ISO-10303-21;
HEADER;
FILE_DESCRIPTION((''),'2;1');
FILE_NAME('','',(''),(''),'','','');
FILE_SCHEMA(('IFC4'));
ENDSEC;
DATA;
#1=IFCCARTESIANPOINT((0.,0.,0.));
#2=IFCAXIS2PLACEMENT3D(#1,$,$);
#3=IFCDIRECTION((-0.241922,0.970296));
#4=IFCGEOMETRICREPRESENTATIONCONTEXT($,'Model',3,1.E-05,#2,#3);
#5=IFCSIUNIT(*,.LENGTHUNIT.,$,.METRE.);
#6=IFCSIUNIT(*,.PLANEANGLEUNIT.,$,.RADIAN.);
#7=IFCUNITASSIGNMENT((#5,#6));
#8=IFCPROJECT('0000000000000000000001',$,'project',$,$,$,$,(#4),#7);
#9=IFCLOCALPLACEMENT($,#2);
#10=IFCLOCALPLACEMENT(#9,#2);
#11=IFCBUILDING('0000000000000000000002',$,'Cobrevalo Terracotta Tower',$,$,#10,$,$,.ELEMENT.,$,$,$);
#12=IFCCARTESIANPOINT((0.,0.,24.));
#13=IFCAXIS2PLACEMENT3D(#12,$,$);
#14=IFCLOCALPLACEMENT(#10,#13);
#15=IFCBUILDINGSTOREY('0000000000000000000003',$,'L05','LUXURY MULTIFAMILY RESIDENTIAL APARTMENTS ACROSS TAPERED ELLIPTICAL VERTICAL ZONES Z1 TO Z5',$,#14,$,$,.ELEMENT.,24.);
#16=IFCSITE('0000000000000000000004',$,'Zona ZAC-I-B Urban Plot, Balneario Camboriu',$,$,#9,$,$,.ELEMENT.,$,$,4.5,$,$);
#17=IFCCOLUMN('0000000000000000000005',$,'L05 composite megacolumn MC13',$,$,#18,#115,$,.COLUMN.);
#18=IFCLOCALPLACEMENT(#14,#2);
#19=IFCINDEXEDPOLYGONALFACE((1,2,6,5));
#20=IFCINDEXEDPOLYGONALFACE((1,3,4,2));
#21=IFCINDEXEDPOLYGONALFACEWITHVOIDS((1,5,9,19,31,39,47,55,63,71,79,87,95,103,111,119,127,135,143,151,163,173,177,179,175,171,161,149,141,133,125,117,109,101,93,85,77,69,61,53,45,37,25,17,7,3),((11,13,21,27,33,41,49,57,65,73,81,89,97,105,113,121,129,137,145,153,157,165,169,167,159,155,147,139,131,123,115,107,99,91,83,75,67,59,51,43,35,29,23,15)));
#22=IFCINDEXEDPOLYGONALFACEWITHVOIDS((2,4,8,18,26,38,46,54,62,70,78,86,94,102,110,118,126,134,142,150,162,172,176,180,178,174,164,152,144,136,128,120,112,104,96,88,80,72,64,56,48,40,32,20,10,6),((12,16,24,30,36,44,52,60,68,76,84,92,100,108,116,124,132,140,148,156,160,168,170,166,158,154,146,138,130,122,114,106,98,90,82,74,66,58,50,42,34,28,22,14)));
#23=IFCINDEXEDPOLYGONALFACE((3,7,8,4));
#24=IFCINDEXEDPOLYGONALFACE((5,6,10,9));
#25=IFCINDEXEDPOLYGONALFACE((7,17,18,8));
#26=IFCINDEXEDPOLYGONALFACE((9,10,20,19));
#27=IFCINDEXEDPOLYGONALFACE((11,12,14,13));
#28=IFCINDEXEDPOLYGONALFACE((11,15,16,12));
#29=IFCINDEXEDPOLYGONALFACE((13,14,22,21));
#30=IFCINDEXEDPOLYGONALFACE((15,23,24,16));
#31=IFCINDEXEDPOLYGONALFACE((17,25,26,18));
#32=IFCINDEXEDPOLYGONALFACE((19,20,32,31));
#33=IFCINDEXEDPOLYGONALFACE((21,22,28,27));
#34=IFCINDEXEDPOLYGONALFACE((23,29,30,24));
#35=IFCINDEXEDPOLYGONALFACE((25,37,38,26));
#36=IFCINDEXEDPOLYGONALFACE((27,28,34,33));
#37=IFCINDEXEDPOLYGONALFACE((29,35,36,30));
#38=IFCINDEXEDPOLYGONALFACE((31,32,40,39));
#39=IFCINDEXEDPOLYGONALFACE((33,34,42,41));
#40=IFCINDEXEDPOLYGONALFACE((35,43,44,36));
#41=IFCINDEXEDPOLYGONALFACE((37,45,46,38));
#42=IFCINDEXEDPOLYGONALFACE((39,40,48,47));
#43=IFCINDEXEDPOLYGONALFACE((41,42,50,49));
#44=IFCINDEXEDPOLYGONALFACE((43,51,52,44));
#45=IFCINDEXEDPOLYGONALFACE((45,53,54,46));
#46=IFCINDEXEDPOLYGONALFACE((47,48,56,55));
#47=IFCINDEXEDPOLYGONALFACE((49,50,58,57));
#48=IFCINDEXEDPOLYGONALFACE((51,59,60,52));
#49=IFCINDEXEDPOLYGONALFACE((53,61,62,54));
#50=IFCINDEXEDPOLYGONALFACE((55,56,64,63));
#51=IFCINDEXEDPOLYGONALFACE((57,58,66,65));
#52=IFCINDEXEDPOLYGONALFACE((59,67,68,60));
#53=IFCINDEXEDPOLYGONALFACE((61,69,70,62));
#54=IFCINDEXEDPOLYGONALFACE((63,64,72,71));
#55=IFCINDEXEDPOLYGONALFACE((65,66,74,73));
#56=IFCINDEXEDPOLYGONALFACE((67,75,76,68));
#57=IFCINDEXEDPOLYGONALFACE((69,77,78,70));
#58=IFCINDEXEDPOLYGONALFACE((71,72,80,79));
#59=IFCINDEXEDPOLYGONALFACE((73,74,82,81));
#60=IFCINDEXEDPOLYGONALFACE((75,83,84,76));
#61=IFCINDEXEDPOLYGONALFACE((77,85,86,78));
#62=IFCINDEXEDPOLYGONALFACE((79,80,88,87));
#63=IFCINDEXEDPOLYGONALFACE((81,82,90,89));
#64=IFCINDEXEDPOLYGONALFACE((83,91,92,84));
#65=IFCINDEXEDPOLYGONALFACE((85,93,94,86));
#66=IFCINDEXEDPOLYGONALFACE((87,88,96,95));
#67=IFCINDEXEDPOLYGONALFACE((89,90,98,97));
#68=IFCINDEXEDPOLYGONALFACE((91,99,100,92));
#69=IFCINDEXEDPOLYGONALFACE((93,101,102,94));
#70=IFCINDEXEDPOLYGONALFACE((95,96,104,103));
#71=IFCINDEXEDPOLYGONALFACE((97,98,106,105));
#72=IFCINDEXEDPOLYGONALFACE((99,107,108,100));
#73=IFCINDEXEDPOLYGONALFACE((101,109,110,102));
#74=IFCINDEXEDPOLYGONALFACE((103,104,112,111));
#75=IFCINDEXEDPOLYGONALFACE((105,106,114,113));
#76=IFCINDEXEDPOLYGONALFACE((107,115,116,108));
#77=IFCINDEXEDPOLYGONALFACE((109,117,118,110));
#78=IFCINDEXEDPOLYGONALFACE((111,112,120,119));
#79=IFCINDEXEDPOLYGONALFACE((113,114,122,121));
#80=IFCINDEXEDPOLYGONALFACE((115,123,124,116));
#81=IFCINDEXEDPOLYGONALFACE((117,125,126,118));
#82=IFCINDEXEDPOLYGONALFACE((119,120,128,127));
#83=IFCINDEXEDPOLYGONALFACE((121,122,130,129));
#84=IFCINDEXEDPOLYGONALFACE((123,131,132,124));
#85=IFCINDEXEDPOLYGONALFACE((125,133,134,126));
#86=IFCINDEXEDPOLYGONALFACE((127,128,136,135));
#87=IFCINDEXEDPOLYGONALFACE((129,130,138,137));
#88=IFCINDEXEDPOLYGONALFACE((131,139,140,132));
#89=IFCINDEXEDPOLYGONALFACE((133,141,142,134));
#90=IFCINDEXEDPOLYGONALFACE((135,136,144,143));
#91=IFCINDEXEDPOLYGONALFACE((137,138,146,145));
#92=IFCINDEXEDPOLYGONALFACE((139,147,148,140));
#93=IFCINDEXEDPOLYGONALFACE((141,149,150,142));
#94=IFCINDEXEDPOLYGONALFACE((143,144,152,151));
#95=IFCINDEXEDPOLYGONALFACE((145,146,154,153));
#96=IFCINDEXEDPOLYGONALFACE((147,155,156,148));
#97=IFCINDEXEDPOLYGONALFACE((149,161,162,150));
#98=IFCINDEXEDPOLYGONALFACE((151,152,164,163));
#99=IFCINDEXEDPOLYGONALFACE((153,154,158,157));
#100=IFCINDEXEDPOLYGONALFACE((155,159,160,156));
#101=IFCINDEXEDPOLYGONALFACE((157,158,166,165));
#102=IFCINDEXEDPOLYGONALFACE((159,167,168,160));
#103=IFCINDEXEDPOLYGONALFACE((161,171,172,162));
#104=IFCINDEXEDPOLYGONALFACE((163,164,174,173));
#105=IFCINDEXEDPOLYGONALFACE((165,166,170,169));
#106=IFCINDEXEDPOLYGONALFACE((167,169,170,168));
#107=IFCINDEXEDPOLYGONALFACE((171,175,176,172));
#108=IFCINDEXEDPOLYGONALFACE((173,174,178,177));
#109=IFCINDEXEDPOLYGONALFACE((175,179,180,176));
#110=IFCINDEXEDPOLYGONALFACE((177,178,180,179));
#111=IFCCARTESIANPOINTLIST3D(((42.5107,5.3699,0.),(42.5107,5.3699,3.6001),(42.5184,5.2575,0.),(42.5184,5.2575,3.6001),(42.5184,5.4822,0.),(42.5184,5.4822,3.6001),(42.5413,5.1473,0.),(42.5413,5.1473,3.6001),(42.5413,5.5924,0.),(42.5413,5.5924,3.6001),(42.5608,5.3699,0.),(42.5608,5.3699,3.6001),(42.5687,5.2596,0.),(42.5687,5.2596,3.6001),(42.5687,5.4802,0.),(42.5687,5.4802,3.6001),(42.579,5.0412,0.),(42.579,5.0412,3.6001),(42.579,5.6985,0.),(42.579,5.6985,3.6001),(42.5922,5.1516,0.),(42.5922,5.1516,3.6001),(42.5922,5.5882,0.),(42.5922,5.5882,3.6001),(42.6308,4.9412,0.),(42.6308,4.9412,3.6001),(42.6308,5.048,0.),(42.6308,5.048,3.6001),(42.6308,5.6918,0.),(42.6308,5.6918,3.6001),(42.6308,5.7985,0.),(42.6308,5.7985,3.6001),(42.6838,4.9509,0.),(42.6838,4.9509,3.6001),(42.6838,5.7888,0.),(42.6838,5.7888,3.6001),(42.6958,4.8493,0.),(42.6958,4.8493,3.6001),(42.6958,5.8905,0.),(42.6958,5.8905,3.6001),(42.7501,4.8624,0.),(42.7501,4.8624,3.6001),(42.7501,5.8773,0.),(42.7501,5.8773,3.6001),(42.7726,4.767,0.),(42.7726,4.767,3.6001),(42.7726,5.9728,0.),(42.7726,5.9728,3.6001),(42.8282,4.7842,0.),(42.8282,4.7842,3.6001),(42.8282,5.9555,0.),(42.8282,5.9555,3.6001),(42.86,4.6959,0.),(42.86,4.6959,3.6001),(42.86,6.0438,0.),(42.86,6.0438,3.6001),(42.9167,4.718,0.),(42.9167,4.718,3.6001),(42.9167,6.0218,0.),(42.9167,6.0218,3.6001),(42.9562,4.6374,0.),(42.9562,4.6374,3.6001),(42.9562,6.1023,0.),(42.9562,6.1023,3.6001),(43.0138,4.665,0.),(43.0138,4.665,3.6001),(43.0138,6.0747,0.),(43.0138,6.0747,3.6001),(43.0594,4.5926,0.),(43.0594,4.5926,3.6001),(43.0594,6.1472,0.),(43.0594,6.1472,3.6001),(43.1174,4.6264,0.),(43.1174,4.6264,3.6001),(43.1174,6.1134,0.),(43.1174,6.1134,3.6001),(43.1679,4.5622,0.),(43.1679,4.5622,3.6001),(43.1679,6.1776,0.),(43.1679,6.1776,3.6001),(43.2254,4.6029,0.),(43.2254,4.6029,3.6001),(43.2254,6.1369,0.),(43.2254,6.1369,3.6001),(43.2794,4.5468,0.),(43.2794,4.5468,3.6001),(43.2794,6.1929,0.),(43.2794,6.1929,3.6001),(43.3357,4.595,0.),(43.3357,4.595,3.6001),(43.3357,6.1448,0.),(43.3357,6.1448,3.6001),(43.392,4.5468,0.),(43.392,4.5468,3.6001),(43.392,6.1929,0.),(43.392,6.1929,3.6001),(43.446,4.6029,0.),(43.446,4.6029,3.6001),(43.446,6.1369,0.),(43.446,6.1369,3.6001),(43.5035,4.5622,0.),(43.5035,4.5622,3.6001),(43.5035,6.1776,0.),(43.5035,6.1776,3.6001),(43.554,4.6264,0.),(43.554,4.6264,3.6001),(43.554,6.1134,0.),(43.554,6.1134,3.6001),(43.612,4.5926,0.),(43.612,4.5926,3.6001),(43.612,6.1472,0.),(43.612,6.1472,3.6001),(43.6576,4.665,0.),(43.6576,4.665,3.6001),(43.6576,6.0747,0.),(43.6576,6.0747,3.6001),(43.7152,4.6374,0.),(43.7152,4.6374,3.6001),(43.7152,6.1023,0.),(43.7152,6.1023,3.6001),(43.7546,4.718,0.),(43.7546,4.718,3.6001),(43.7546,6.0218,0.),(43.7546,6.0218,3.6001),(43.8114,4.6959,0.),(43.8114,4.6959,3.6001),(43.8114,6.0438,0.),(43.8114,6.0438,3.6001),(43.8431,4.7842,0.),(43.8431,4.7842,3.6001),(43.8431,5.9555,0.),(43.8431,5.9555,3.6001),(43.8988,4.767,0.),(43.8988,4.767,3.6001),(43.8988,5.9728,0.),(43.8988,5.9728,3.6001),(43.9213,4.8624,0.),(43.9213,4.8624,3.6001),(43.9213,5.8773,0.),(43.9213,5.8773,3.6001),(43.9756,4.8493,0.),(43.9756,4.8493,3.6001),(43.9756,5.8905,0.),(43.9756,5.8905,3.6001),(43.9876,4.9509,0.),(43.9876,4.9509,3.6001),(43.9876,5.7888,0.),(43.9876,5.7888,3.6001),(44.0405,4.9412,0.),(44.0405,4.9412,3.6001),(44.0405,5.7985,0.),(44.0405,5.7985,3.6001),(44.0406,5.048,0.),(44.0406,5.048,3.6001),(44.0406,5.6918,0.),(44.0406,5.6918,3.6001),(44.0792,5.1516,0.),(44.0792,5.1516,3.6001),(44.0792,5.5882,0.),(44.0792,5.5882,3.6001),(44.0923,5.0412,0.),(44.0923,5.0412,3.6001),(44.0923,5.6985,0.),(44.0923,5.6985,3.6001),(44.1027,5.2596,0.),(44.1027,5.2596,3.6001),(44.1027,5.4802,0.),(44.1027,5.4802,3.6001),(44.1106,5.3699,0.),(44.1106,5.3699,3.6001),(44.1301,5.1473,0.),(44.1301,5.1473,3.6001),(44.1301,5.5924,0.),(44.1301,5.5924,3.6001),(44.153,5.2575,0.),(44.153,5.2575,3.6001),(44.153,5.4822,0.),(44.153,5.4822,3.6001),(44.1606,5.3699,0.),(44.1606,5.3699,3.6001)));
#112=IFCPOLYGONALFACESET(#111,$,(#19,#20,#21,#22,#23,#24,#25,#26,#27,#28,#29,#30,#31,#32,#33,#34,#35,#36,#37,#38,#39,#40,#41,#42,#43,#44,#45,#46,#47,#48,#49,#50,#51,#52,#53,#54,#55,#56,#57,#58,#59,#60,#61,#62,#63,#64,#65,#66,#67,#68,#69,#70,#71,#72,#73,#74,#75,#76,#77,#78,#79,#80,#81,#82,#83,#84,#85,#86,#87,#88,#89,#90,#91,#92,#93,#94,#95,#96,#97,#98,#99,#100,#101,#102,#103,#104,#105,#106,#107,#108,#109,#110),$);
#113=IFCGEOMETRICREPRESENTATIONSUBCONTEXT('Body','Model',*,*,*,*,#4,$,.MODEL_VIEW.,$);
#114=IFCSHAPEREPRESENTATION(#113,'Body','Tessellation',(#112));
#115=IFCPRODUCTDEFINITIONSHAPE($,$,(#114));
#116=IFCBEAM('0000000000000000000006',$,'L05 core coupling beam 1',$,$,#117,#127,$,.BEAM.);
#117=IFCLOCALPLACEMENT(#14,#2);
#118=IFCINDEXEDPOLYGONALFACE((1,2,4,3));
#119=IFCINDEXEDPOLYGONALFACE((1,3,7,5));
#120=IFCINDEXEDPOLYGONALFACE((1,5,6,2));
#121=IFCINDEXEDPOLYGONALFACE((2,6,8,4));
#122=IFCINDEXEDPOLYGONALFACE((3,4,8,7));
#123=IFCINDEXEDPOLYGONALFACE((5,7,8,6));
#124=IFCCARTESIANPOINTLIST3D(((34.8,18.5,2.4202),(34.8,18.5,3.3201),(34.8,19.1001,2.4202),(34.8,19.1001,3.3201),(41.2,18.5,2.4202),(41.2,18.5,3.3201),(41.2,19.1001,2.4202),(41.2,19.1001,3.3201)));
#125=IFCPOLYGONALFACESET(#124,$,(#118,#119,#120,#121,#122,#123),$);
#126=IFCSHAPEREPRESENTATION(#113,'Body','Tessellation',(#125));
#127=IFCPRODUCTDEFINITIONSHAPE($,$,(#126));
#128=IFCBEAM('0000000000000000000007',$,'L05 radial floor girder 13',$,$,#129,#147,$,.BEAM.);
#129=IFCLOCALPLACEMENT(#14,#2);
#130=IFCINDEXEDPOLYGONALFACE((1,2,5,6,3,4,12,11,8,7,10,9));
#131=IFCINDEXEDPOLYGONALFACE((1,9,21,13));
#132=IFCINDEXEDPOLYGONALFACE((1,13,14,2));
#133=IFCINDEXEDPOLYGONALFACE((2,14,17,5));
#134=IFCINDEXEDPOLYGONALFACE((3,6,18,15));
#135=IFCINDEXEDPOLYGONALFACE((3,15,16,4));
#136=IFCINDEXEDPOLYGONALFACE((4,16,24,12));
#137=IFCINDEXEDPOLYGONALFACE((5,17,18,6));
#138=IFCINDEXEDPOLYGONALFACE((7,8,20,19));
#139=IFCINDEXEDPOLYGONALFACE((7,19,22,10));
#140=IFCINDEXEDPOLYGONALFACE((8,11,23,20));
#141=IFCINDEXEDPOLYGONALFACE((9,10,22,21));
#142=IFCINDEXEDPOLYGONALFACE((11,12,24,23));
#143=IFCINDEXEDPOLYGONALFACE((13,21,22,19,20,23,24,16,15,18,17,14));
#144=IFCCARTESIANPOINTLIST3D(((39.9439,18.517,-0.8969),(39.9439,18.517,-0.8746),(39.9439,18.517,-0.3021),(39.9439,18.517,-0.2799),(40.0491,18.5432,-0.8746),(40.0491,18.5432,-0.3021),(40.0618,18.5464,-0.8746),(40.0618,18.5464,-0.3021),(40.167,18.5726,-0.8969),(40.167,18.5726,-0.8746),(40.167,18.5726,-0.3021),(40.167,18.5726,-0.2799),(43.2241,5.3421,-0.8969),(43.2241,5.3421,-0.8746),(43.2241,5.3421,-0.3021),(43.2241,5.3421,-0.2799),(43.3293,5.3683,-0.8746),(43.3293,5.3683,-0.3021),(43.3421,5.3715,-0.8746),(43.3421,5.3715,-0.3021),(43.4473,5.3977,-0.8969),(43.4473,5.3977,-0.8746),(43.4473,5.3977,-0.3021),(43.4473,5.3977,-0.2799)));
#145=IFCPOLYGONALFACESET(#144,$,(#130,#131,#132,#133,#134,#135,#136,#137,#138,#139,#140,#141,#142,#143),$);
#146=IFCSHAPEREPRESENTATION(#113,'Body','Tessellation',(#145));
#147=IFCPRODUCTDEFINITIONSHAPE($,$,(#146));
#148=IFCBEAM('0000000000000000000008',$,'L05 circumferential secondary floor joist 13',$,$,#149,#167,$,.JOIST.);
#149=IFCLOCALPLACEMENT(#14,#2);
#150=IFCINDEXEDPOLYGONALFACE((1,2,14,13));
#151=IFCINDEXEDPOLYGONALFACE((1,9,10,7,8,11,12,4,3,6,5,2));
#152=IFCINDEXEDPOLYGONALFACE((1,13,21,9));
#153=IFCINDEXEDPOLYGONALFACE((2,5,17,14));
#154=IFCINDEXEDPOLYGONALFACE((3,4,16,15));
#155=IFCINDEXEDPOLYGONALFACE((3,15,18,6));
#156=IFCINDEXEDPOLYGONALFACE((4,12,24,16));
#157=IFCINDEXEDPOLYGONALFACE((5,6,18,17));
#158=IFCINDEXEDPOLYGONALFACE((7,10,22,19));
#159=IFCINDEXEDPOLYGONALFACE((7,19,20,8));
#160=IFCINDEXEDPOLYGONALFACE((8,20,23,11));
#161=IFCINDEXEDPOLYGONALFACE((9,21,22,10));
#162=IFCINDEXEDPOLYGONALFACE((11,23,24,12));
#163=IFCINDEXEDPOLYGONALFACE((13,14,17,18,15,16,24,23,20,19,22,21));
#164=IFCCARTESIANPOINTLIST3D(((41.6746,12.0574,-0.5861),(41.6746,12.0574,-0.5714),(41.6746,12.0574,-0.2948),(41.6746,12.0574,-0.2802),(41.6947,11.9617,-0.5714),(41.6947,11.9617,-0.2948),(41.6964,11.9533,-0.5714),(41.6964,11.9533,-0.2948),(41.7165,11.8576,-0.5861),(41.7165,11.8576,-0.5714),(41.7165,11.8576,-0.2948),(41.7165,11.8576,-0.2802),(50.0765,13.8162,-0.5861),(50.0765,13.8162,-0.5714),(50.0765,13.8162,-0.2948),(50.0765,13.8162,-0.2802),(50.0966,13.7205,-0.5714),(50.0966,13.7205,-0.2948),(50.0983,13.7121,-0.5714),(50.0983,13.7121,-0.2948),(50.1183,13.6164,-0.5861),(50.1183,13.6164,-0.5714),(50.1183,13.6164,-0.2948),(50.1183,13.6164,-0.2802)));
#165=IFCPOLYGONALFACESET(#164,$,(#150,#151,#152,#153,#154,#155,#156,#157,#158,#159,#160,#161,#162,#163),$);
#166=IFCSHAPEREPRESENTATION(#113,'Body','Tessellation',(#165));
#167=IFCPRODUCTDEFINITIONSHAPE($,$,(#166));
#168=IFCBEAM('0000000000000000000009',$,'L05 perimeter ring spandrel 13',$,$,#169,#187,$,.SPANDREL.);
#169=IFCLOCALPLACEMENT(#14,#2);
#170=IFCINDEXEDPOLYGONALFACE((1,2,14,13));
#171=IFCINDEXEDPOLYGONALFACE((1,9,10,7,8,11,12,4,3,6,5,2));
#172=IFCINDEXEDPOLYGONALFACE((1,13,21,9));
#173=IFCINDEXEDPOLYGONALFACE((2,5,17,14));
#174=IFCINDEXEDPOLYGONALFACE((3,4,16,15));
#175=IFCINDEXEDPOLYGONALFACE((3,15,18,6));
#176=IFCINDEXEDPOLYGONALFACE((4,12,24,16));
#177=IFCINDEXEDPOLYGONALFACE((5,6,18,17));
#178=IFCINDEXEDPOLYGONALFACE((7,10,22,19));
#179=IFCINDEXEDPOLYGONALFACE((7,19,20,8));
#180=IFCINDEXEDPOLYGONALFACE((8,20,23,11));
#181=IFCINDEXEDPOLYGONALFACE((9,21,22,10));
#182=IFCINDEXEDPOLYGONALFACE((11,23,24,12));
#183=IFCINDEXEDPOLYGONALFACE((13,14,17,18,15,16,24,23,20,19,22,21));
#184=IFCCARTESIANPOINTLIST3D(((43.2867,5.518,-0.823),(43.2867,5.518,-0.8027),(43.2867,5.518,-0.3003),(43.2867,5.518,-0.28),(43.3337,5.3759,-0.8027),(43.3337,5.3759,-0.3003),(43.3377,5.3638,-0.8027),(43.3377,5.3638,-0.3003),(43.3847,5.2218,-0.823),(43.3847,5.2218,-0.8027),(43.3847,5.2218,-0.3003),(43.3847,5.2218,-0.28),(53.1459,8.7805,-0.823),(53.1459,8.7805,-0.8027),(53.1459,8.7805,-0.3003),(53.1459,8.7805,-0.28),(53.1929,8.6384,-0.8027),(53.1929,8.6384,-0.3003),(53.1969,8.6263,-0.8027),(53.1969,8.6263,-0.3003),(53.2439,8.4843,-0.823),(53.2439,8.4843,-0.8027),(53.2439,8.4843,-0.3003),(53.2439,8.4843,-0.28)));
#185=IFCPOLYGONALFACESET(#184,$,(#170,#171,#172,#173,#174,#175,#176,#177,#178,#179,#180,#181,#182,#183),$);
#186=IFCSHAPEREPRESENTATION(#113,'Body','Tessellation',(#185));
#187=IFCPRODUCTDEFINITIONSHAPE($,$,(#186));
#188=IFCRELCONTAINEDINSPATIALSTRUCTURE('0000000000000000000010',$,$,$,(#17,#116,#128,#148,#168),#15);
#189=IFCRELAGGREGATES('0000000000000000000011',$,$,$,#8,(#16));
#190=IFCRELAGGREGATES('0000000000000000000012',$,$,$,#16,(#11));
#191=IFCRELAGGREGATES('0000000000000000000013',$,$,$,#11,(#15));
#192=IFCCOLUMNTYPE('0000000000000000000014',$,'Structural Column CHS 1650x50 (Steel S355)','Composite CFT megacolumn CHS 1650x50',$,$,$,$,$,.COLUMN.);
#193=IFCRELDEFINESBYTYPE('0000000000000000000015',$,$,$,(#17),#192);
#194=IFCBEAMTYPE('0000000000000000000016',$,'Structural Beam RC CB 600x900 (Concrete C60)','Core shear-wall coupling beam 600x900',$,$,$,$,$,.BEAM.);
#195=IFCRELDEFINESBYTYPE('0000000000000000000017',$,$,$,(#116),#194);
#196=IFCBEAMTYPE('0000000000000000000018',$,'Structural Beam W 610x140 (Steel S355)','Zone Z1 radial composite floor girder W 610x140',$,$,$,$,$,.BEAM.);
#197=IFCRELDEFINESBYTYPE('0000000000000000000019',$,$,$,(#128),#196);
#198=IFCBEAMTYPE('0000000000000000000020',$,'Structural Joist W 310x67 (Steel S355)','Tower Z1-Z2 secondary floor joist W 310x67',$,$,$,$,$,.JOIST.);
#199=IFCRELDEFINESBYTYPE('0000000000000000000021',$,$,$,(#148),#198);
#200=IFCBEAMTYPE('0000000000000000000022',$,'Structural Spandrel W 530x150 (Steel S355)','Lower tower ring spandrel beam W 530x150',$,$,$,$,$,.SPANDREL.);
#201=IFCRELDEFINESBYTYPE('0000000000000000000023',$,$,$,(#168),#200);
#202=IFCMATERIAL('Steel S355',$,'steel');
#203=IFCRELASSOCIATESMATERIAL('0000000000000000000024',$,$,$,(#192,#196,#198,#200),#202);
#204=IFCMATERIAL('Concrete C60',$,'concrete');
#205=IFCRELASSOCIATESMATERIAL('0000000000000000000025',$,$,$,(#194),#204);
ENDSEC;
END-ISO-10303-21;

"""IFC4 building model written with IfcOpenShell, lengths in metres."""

from ifc_helpers import new_model, si_unit, direction, frame, origin, origin_2d, place, context, subcontext, project, spatial, rectangle, hollow_circle, i_section, extrude, material, material_profile, profile_set, type_object, element, save


model = new_model("IFC4")

# Units and contexts
model_context = context("Model", 3, precision=1e-05, world=origin(), true_north=direction((-0.241922, 0.970296)))
body_context = subcontext(model_context, "Body", "Model", "MODEL_VIEW")
ifc_project = project(units=[si_unit("LENGTHUNIT", "METRE"), si_unit("PLANEANGLEUNIT", "RADIAN")], contexts=[model_context])

# Site, building, storey
site_placement = place(None, origin())
site = spatial("IfcSite", under=ifc_project, at=site_placement, Name="Zona ZAC-I-B Urban Plot, Balneario Camboriu", CompositionType="ELEMENT", RefElevation=4.5)
building_placement = place(site_placement, origin())
building = spatial("IfcBuilding", under=site, at=building_placement, Name="Cobrevalo Terracotta Tower", CompositionType="ELEMENT")
storey_placement = place(building_placement, frame((0.0, 0.0, 24.0)))
storey = spatial("IfcBuildingStorey", under=building, at=storey_placement, Name="L05", Description="LUXURY MULTIFAMILY RESIDENTIAL APARTMENTS ACROSS TAPERED ELLIPTICAL VERTICAL ZONES Z1 TO Z5", CompositionType="ELEMENT", Elevation=24.0)

# Column
ifc_material_1 = material(Name="Steel S355", Category="steel")
ifc_material_profile_1 = material_profile(ifc_material_1, hollow_circle(Radius=0.825, WallThickness=0.05, at=origin_2d()), Name="CHS 1650x50")
ifc_profile_set_1 = profile_set([ifc_material_profile_1], Name="Steel S355")
column_type = type_object("IfcColumnType", Name="Structural Column CHS 1650x50 (Steel S355)", Description="Composite CFT megacolumn CHS 1650x50", PredefinedType="COLUMN", material=ifc_profile_set_1)
column_placement = place(storey_placement, frame((43.3357, 5.3699, 0.0), z_axis=(0.0, 0.0, 1.0), x_axis=(1.0, 0.0, 0.0)))
element("IfcColumn", 1, at=column_placement, inside=storey, type_object=column_type, Name="L05 composite megacolumn MC13", PredefinedType="COLUMN", context=body_context, shape_type="SweptSolid", body=[
    extrude(hollow_circle(Radius=0.825, WallThickness=0.05, at=origin_2d()), origin(), (0.0, 0.0, 1.0), 3.6001),
])

# Beams
ifc_material_2 = material(Name="Concrete C60", Category="concrete")
ifc_material_profile_2 = material_profile(ifc_material_2, rectangle(XDim=0.6001, YDim=0.8999, at=origin_2d()), Name="RC CB 600x900")
ifc_profile_set_2 = profile_set([ifc_material_profile_2], Name="Concrete C60")
beam_type_1 = type_object("IfcBeamType", Name="Structural Beam RC CB 600x900 (Concrete C60)", Description="Core shear-wall coupling beam 600x900", PredefinedType="BEAM", material=ifc_profile_set_2)
beam_1_placement = place(storey_placement, frame((34.8, 18.8, 2.8701), z_axis=(1.0, 0.0, 0.0), x_axis=(0.0, 1.0, 0.0)))
element("IfcBeam", 2, at=beam_1_placement, inside=storey, type_object=beam_type_1, Name="L05 core coupling beam 1", PredefinedType="BEAM", context=body_context, shape_type="SweptSolid", body=[
    extrude(rectangle(XDim=0.6001, YDim=0.8999, at=origin_2d()), origin(), (0.0, 0.0, 1.0), 6.3999),
])
ifc_material_profile_3 = material_profile(ifc_material_1, i_section(OverallWidth=0.23, OverallDepth=0.6169, WebThickness=0.0132, FlangeThickness=0.0222, at=origin_2d()), Name="W 610x140")
ifc_profile_set_3 = profile_set([ifc_material_profile_3], Name="Steel S355")
beam_type_2 = type_object("IfcBeamType", Name="Structural Beam W 610x140 (Steel S355)", Description="Zone Z1 radial composite floor girder W 610x140", PredefinedType="BEAM", material=ifc_profile_set_3)
beam_2_placement = place(storey_placement, frame((43.3357, 5.3699, -0.5884), z_axis=(-0.2416, 0.970376, 0.0), x_axis=(-0.970376, -0.2416, 0.0)))
element("IfcBeam", 3, at=beam_2_placement, inside=storey, type_object=beam_type_2, Name="L05 radial floor girder 13", PredefinedType="BEAM", context=body_context, shape_type="SweptSolid", body=[
    extrude(i_section(OverallWidth=0.23, OverallDepth=0.6169, WebThickness=0.0132, FlangeThickness=0.0222, at=origin_2d()), origin(), (0.0, 0.0, 1.0), 13.5771),
])
ifc_material_profile_4 = material_profile(ifc_material_1, i_section(OverallWidth=0.2041, OverallDepth=0.3059, WebThickness=0.0085, FlangeThickness=0.0146, at=origin_2d()), Name="W 310x67")
ifc_profile_set_4 = profile_set([ifc_material_profile_4], Name="Steel S355")
beam_type_3 = type_object("IfcBeamType", Name="Structural Joist W 310x67 (Steel S355)", Description="Tower Z1-Z2 secondary floor joist W 310x67", PredefinedType="JOIST", material=ifc_profile_set_4)
beam_3_placement = place(storey_placement, frame((41.6956, 11.9575, -0.4331), z_axis=(0.978785, 0.204892, 0.0), x_axis=(-0.204892, 0.978785, 0.0)))
element("IfcBeam", 4, at=beam_3_placement, inside=storey, type_object=beam_type_3, Name="L05 circumferential secondary floor joist 13", PredefinedType="JOIST", context=body_context, shape_type="SweptSolid", body=[
    extrude(i_section(OverallWidth=0.2041, OverallDepth=0.3059, WebThickness=0.0085, FlangeThickness=0.0146, at=origin_2d()), origin(), (0.0, 0.0, 1.0), 8.584),
])
ifc_material_profile_5 = material_profile(ifc_material_1, i_section(OverallWidth=0.312, OverallDepth=0.543, WebThickness=0.0127, FlangeThickness=0.0203, at=origin_2d()), Name="W 530x150")
ifc_profile_set_5 = profile_set([ifc_material_profile_5], Name="Steel S355")
beam_type_4 = type_object("IfcBeamType", Name="Structural Spandrel W 530x150 (Steel S355)", Description="Lower tower ring spandrel beam W 530x150", PredefinedType="SPANDREL", material=ifc_profile_set_5)
beam_4_placement = place(storey_placement, frame((43.3357, 5.3699, -0.5515), z_axis=(0.949372, 0.314153, 0.0), x_axis=(-0.314153, 0.949372, 0.0)))
element("IfcBeam", 5, at=beam_4_placement, inside=storey, type_object=beam_type_4, Name="L05 perimeter ring spandrel 13", PredefinedType="SPANDREL", context=body_context, shape_type="SweptSolid", body=[
    extrude(i_section(OverallWidth=0.312, OverallDepth=0.543, WebThickness=0.0127, FlangeThickness=0.0203, at=origin_2d()), origin(), (0.0, 0.0, 1.0), 10.385),
])

save(model, "model.ifc")
